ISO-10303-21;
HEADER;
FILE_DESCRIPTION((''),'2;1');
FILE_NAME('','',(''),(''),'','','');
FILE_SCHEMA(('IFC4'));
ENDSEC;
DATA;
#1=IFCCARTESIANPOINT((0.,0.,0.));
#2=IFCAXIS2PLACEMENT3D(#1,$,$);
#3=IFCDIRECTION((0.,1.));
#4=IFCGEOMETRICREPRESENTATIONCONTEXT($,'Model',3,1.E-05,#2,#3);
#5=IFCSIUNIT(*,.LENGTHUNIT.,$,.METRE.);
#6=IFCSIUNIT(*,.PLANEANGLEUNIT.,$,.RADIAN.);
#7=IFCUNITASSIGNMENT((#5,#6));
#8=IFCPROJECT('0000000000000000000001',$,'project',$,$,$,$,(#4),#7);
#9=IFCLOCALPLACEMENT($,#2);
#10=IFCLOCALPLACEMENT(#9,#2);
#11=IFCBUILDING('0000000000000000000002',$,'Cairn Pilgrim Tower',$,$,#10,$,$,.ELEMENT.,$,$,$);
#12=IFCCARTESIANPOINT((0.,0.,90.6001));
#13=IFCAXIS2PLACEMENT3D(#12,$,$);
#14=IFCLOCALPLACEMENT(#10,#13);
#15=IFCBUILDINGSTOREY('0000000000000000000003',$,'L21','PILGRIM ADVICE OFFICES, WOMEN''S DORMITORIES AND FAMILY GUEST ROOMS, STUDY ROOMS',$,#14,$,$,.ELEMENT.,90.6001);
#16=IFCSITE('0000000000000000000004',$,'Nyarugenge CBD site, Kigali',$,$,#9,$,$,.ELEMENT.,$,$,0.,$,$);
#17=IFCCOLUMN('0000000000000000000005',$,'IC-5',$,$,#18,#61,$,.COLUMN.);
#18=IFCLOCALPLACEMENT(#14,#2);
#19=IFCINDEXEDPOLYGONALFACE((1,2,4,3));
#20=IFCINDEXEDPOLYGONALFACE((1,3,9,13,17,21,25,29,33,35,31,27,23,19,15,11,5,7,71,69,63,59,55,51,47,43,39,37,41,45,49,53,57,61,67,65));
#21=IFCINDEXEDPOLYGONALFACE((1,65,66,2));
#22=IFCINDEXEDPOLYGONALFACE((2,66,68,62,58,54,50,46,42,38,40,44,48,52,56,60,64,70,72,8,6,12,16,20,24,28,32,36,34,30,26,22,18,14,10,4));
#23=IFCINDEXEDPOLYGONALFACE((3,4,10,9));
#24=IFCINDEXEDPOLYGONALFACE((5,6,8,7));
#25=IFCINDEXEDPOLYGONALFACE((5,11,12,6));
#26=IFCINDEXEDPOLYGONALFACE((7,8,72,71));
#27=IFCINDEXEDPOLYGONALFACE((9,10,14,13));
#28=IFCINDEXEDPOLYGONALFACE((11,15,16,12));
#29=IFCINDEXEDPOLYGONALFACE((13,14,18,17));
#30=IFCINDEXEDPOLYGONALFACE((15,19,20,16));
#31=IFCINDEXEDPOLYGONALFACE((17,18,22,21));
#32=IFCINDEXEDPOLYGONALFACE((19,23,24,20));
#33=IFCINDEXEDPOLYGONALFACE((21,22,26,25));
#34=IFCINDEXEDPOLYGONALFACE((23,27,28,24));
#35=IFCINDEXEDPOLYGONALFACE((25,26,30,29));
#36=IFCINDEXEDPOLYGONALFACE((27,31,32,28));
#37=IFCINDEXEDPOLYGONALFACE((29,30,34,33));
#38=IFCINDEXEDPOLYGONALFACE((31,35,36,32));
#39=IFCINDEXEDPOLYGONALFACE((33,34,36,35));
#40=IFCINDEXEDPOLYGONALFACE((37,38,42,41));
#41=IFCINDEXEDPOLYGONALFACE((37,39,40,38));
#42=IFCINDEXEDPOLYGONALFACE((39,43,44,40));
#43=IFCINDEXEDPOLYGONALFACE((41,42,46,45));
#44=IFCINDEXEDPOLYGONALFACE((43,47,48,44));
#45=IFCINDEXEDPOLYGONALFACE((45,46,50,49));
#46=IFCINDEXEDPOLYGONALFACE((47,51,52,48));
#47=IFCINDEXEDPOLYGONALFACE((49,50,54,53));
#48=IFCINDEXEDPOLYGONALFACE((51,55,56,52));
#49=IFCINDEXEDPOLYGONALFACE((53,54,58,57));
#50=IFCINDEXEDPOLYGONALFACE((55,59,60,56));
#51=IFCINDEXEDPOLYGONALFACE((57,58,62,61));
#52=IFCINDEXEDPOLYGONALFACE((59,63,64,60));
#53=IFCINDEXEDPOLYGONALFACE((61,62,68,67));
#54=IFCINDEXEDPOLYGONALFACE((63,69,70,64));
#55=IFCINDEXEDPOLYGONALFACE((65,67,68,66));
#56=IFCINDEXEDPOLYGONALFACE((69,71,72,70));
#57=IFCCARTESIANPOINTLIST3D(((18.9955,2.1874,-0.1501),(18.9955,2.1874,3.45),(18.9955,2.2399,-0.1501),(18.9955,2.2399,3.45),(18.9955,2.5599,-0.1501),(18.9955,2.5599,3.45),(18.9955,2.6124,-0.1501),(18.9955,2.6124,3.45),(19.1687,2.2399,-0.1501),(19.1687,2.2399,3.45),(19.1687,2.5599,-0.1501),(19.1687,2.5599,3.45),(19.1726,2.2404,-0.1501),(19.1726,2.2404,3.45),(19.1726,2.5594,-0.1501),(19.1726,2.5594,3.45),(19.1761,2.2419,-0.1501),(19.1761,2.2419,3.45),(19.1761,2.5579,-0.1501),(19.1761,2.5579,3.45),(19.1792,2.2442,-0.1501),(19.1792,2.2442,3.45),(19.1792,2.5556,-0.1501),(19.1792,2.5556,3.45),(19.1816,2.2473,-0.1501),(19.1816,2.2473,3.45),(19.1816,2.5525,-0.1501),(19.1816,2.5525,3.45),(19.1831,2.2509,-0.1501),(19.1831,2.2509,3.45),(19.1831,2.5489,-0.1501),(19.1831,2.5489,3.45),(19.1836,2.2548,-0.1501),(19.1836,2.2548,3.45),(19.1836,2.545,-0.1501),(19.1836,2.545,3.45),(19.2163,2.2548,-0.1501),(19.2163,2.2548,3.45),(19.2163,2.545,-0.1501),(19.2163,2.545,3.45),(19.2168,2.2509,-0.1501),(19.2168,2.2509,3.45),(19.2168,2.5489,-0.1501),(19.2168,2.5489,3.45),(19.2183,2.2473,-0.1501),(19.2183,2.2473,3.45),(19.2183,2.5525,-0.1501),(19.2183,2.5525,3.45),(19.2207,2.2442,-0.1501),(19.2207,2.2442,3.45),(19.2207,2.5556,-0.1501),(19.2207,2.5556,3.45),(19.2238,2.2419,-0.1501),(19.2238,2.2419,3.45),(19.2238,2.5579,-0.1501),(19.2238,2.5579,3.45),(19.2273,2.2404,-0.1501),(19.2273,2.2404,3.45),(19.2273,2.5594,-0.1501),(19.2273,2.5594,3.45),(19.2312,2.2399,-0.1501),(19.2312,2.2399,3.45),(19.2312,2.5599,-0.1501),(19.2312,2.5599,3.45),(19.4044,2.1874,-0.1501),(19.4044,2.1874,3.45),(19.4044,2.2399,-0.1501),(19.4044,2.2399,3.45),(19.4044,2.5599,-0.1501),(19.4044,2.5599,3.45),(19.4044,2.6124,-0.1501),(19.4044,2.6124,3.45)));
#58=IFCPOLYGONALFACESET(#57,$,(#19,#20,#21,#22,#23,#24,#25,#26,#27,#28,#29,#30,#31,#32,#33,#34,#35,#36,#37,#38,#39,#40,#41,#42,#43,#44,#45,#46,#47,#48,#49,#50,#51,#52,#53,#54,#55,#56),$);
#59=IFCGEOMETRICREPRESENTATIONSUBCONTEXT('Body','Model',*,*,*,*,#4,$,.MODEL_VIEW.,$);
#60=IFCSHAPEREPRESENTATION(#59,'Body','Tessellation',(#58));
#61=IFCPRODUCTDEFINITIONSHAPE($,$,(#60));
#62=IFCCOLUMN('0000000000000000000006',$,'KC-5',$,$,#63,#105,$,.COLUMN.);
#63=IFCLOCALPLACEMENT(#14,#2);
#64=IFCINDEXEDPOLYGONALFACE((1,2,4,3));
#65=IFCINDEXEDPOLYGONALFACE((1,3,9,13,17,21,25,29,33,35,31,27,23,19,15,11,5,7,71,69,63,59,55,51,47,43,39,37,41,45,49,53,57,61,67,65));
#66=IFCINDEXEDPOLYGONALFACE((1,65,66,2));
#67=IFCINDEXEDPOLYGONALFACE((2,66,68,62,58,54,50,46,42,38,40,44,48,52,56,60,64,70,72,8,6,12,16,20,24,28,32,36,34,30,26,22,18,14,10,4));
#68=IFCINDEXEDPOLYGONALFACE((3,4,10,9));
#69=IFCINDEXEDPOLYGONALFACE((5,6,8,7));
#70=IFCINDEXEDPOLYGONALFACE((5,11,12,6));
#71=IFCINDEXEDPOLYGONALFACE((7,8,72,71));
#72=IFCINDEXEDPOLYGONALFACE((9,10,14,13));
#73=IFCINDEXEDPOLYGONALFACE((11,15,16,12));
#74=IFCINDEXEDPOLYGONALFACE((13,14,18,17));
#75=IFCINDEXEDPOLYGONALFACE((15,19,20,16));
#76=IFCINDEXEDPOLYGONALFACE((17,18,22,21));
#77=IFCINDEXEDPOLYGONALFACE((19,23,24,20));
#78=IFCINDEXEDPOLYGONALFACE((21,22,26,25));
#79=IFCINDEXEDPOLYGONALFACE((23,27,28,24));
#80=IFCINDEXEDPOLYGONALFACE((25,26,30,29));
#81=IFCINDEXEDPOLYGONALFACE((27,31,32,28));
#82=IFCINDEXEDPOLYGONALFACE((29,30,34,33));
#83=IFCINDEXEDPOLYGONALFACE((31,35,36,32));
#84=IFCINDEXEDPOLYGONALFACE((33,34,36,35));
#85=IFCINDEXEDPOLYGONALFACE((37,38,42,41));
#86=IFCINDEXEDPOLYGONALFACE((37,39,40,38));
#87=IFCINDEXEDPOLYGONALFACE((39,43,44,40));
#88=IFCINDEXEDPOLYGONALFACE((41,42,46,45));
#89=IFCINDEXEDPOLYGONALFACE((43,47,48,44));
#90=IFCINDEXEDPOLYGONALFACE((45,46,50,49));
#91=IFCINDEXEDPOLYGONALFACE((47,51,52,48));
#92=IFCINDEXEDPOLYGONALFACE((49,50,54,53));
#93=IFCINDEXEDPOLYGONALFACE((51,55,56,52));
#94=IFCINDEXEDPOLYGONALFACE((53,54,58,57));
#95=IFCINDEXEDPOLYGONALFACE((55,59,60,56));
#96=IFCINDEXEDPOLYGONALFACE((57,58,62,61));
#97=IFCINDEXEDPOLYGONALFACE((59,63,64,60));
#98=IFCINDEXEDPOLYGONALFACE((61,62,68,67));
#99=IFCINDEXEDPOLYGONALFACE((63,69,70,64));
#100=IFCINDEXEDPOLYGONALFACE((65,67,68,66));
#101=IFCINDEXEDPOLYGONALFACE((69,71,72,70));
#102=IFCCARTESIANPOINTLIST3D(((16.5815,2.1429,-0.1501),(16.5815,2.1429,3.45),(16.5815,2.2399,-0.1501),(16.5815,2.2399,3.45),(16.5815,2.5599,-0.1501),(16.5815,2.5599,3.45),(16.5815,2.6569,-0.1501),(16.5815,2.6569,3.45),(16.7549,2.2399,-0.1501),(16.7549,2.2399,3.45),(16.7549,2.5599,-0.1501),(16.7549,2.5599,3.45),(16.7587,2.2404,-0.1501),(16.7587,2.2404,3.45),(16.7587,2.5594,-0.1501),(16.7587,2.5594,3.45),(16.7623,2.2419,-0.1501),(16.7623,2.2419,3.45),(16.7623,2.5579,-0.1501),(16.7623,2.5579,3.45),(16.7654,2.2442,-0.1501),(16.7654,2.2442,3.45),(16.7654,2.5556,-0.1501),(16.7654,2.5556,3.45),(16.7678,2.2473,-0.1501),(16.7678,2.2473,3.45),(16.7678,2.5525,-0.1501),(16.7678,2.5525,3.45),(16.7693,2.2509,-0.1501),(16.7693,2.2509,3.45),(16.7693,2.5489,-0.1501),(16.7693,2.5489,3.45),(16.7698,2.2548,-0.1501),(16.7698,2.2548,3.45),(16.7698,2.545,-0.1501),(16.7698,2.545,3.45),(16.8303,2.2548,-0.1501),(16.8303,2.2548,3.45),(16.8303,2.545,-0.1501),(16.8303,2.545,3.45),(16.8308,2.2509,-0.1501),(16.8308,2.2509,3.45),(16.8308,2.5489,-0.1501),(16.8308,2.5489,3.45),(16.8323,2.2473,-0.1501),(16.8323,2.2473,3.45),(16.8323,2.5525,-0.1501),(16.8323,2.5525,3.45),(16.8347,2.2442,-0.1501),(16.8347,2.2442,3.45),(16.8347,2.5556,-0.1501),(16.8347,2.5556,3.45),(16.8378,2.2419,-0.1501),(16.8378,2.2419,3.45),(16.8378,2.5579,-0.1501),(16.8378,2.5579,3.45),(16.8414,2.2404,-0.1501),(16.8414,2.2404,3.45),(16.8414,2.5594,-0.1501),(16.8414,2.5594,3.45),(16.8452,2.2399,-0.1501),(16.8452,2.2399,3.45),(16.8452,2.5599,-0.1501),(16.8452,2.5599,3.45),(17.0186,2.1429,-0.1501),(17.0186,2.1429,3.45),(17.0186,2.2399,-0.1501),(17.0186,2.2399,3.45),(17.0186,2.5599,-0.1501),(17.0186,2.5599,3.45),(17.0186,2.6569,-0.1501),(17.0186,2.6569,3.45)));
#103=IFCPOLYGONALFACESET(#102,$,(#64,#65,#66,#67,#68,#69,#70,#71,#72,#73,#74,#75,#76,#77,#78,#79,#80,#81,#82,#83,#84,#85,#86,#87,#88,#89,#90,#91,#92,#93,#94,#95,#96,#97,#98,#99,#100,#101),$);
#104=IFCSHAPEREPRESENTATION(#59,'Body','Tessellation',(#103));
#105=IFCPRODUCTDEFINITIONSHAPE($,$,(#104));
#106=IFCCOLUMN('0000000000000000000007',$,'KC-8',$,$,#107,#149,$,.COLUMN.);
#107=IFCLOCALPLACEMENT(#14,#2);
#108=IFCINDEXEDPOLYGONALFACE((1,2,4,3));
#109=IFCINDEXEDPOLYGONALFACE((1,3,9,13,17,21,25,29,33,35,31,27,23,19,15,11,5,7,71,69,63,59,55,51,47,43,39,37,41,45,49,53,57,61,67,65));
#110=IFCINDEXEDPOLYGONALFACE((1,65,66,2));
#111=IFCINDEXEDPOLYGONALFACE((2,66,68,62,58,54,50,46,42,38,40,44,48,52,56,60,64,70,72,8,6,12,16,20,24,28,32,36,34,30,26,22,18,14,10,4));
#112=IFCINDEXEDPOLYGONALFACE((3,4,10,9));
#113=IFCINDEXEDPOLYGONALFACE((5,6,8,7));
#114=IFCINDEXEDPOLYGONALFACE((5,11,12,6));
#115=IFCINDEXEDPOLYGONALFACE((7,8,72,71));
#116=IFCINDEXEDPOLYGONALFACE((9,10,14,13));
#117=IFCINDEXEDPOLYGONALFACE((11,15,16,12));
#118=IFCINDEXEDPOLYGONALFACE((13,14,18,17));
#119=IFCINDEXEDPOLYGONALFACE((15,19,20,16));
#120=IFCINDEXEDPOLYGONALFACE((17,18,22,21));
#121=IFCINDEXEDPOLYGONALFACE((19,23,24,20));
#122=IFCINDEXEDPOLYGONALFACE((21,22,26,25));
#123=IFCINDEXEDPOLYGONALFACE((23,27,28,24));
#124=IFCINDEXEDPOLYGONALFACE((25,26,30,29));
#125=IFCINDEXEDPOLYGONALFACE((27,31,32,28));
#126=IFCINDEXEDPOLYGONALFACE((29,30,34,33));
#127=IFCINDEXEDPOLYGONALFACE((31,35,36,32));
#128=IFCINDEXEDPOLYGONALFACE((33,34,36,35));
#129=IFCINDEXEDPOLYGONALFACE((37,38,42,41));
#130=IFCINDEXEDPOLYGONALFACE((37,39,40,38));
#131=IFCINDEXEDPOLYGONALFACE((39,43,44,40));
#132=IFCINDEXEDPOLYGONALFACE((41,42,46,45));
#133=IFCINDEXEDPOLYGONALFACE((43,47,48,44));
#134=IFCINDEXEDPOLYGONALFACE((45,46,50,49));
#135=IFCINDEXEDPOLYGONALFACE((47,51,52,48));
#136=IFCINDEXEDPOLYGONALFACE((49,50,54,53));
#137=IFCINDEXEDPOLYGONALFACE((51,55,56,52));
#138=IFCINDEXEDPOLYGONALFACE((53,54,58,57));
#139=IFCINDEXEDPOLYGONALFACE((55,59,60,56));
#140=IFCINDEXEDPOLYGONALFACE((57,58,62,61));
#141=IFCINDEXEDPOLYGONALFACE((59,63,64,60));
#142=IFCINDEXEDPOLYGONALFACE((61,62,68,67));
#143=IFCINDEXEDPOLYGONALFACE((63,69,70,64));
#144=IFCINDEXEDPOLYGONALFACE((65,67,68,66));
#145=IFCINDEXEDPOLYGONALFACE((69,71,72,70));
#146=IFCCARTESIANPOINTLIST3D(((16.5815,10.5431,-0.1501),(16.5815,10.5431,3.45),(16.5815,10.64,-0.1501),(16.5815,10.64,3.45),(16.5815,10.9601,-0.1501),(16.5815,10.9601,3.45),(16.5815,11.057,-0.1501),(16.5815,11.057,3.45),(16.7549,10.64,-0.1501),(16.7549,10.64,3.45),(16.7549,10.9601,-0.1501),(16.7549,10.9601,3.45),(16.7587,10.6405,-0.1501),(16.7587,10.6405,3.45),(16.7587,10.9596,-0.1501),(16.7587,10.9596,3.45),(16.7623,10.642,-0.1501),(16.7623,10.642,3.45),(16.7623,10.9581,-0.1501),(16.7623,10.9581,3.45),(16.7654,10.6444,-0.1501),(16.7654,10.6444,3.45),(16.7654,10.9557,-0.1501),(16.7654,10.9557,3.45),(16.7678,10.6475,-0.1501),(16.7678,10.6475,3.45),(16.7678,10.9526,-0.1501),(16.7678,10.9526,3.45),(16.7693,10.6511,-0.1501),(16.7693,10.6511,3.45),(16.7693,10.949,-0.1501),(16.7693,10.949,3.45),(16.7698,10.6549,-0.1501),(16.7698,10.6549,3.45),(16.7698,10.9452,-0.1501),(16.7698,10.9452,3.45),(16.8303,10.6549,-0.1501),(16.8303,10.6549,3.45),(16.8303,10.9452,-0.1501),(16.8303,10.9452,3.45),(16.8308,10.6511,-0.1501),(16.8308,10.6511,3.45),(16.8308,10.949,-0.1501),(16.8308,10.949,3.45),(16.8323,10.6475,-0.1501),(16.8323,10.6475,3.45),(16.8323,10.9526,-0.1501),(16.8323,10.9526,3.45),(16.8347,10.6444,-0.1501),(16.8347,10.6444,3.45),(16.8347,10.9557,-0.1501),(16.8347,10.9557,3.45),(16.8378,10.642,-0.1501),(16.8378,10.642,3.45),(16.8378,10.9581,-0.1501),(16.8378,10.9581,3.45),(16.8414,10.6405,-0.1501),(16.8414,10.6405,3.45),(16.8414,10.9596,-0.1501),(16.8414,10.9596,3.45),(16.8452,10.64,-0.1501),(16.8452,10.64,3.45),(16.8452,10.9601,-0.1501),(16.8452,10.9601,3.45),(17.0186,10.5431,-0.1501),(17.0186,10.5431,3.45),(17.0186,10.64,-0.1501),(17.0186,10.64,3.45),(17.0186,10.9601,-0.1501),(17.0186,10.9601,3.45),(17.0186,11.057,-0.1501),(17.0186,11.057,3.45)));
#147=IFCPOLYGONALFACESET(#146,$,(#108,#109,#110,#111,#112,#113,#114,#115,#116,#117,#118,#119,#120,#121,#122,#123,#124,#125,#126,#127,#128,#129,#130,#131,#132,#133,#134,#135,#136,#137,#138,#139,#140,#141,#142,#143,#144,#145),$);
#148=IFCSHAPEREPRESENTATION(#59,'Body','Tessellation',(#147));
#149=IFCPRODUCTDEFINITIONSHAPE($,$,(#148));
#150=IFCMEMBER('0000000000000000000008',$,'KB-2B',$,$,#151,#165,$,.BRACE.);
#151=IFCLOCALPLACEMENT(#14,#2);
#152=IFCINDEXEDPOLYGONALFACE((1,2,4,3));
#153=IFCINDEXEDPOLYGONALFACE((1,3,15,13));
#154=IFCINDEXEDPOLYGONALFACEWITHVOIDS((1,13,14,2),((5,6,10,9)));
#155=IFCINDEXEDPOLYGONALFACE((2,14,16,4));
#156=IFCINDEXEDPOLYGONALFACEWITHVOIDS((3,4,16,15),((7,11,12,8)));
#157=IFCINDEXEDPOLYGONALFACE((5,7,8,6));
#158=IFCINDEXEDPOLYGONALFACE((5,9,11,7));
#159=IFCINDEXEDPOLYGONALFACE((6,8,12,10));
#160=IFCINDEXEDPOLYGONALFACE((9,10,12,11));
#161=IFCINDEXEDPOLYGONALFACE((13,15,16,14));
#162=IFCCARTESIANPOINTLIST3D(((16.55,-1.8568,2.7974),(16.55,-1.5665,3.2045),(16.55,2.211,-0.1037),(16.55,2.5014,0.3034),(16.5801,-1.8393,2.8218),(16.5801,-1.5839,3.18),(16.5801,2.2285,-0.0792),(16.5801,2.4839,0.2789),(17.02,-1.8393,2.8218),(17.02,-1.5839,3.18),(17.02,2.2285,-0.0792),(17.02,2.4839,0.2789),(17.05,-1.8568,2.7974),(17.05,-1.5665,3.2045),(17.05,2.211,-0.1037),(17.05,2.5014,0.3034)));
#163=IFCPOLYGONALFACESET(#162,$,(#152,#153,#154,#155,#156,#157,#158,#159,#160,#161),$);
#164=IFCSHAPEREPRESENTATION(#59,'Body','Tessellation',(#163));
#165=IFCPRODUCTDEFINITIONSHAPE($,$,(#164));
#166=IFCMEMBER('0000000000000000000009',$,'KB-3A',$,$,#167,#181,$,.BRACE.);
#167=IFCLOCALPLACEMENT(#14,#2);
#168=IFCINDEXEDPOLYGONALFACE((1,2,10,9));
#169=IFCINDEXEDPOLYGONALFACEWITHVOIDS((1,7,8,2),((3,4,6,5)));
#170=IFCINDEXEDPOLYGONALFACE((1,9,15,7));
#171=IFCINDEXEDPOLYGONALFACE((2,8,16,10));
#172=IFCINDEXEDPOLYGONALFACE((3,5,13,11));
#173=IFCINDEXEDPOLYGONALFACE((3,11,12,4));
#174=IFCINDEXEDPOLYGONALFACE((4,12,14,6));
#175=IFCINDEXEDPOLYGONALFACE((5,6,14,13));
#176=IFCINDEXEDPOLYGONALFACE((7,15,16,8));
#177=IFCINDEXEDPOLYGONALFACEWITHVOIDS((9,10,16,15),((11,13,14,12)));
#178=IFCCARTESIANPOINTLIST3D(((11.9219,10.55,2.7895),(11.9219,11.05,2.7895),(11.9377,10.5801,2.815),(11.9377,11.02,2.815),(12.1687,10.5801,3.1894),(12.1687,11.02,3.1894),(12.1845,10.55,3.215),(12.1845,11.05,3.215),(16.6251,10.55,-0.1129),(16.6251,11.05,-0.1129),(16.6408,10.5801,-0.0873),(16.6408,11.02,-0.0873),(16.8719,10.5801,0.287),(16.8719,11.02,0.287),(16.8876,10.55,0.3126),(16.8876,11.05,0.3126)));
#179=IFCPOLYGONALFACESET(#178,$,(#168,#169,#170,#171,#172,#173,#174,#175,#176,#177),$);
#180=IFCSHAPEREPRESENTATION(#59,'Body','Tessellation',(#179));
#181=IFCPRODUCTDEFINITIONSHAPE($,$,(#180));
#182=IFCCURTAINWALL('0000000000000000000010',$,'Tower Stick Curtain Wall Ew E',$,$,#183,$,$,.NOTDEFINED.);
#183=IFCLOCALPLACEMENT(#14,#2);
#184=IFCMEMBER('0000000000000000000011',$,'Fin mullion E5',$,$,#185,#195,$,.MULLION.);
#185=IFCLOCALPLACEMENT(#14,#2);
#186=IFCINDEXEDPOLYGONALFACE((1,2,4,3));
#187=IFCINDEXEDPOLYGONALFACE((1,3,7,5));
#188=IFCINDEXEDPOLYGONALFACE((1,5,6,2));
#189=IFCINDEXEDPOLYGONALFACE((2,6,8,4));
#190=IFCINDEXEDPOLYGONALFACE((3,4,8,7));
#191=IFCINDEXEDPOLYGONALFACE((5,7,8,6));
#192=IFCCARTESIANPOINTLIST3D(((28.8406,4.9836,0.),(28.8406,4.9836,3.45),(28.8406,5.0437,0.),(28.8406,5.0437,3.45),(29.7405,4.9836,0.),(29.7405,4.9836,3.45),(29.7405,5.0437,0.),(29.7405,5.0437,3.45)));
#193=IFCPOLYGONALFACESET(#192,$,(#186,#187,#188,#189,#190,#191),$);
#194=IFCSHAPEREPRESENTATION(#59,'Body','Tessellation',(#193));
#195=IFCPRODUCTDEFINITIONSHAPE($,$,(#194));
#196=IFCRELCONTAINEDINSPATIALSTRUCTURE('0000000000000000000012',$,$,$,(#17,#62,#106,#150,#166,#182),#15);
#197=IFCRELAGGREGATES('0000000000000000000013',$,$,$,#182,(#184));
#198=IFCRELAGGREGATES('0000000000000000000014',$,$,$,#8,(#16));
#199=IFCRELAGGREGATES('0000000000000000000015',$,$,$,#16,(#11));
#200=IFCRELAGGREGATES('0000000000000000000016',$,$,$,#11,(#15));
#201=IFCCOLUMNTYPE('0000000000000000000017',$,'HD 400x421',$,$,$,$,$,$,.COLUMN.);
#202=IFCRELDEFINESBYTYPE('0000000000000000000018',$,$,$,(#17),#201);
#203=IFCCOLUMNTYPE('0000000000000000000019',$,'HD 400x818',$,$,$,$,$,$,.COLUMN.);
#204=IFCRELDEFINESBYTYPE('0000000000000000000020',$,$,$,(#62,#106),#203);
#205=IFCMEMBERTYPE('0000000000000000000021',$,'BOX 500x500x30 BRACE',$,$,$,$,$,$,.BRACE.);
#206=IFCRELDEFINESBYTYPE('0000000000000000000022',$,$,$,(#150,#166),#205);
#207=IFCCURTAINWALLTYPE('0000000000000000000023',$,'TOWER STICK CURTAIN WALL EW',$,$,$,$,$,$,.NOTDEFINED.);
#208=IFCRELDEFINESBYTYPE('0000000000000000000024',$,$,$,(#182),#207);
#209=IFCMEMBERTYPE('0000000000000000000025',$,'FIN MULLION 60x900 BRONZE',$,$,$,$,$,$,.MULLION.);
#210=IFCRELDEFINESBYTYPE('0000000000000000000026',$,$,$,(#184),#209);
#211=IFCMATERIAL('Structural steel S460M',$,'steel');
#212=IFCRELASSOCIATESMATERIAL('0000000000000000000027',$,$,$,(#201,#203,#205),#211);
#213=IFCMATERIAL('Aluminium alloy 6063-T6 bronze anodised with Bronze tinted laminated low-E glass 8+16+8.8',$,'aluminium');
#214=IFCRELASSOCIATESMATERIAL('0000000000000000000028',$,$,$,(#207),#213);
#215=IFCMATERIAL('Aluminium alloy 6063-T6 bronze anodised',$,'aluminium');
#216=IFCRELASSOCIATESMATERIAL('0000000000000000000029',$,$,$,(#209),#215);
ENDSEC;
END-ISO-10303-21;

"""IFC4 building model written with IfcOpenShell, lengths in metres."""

from ifc_helpers import new_model, si_unit, direction, frame, origin, origin_2d, place, context, subcontext, project, spatial, rectangle, hollow_rectangle, i_section, extrude, material, material_profile, profile_set, type_object, element, aggregate, save


model = new_model("IFC4")

# Units and contexts
model_context = context("Model", 3, precision=1e-05, world=origin(), true_north=direction((0.0, 1.0)))
body_context = subcontext(model_context, "Body", "Model", "MODEL_VIEW")
ifc_project = project(units=[si_unit("LENGTHUNIT", "METRE"), si_unit("PLANEANGLEUNIT", "RADIAN")], contexts=[model_context])

# Site, building, storey
site_placement = place(None, origin())
site = spatial("IfcSite", under=ifc_project, at=site_placement, Name="Nyarugenge CBD site, Kigali", CompositionType="ELEMENT", RefElevation=0.0)
building_placement = place(site_placement, origin())
building = spatial("IfcBuilding", under=site, at=building_placement, Name="Cairn Pilgrim Tower", CompositionType="ELEMENT")
storey_placement = place(building_placement, frame((0.0, 0.0, 90.6001)))
storey = spatial("IfcBuildingStorey", under=building, at=storey_placement, Name="L21", Description="PILGRIM ADVICE OFFICES, WOMEN'S DORMITORIES AND FAMILY GUEST ROOMS, STUDY ROOMS", CompositionType="ELEMENT", Elevation=90.6001)

# Columns
ifc_material_1 = material(Name="Structural steel S460M", Category="steel")
ifc_material_profile_1 = material_profile(ifc_material_1, i_section(OverallWidth=0.4089, OverallDepth=0.425, WebThickness=0.0327, FlangeThickness=0.0525, FilletRadius=0.0149, at=origin_2d()), Name="HD 400x421")
ifc_profile_set_1 = profile_set([ifc_material_profile_1], Name="Structural steel S460M")
column_type_1 = type_object("IfcColumnType", Name="HD 400x421", PredefinedType="COLUMN", material=ifc_profile_set_1)
column_1_placement = place(storey_placement, frame((19.2, 2.3999, -0.1501), z_axis=(0.0, 0.0, 1.0), x_axis=(1.0, 0.0, 0.0)))
element("IfcColumn", 1, at=column_1_placement, inside=storey, type_object=column_type_1, Name="IC-5", PredefinedType="COLUMN", context=body_context, shape_type="SweptSolid", body=[
    extrude(i_section(OverallWidth=0.4089, OverallDepth=0.425, WebThickness=0.0327, FlangeThickness=0.0525, FilletRadius=0.0149, at=origin_2d()), origin(), (0.0, 0.0, 1.0), 3.6001),
])
ifc_material_profile_2 = material_profile(ifc_material_1, i_section(OverallWidth=0.437, OverallDepth=0.5139, WebThickness=0.0605, FlangeThickness=0.0969, FilletRadius=0.0149, at=origin_2d()), Name="HD 400x818")
ifc_profile_set_2 = profile_set([ifc_material_profile_2], Name="Structural steel S460M")
column_type_2 = type_object("IfcColumnType", Name="HD 400x818", PredefinedType="COLUMN", material=ifc_profile_set_2)
for number, where, z_axis, x_axis, name in (
    (2, (16.8, 2.3999, -0.1501), (0.0, 0.0, 1.0), (1.0, 0.0, 0.0), "KC-5"),
    (3, (16.8, 10.8, -0.1501), (0.0, 0.0, 1.0), (1.0, 0.0, 0.0), "KC-8"),
):
    element("IfcColumn", number, at=place(storey_placement, frame(where, z_axis=z_axis, x_axis=x_axis)), inside=storey, type_object=column_type_2, Name=name, PredefinedType="COLUMN", context=body_context, shape_type="SweptSolid", body=[
        extrude(i_section(OverallWidth=0.437, OverallDepth=0.5139, WebThickness=0.0605, FlangeThickness=0.0969, FilletRadius=0.0149, at=origin_2d()), origin(), (0.0, 0.0, 1.0), 3.6001),
    ])

# Members
ifc_material_profile_3 = material_profile(ifc_material_1, hollow_rectangle(XDim=0.5, YDim=0.5, WallThickness=0.03, at=origin_2d()), Name="BOX 500x500x30")
ifc_profile_set_3 = profile_set([ifc_material_profile_3], Name="Structural steel S460M")
member_type_1 = type_object("IfcMemberType", Name="BOX 500x500x30 BRACE", PredefinedType="BRACE", material=ifc_profile_set_3)
member_1_placement = place(storey_placement, frame((16.8, 2.3562, 0.0999), z_axis=(0.0, -0.814159, 0.580642), x_axis=(1.0, 0.0, 0.0)))
element("IfcMember", 4, at=member_1_placement, inside=storey, type_object=member_type_1, Name="KB-2B", PredefinedType="BRACE", context=body_context, shape_type="SweptSolid", body=[
    extrude(hollow_rectangle(XDim=0.5, YDim=0.5, WallThickness=0.03, at=origin_2d()), origin(), (0.0, 0.0, 1.0), 4.9963),
])
member_2_placement = place(storey_placement, frame((16.7563, 10.8, 0.0999), z_axis=(-0.851002, 0.0, 0.525162), x_axis=(0.0, -1.0, 0.0)))
element("IfcMember", 5, at=member_2_placement, inside=storey, type_object=member_type_1, Name="KB-3A", PredefinedType="BRACE", context=body_context, shape_type="SweptSolid", body=[
    extrude(hollow_rectangle(XDim=0.5, YDim=0.5, WallThickness=0.03, at=origin_2d()), origin(), (0.0, 0.0, 1.0), 5.5266),
])

# Curtain wall, member
ifc_material_2 = material(Name="Aluminium alloy 6063-T6 bronze anodised with Bronze tinted laminated low-E glass 8+16+8.8", Category="aluminium")
curtain_wall_type = type_object("IfcCurtainWallType", Name="TOWER STICK CURTAIN WALL EW", PredefinedType="NOTDEFINED", material=ifc_material_2)
curtain_wall_placement = place(storey_placement, origin())
curtain_wall = element("IfcCurtainWall", 6, at=curtain_wall_placement, inside=storey, type_object=curtain_wall_type, Name="Tower Stick Curtain Wall Ew E", PredefinedType="NOTDEFINED")
ifc_material_3 = material(Name="Aluminium alloy 6063-T6 bronze anodised", Category="aluminium")
ifc_material_profile_4 = material_profile(ifc_material_3, rectangle(XDim=0.8999, YDim=0.0601, at=origin_2d()), Name="FIN MULLION 60x900 BRONZE")
ifc_profile_set_4 = profile_set([ifc_material_profile_4], Name="Aluminium alloy 6063-T6 bronze anodised")
member_type_2 = type_object("IfcMemberType", Name="FIN MULLION 60x900 BRONZE", PredefinedType="MULLION", material=ifc_profile_set_4)
member_3_placement = place(storey_placement, frame((29.2905, 5.0137, 0.0), z_axis=(0.0, 0.0, 1.0), x_axis=(1.0, 0.0, 0.0)))
member_3 = element("IfcMember", 7, at=member_3_placement, type_object=member_type_2, Name="Fin mullion E5", PredefinedType="MULLION", context=body_context, shape_type="SweptSolid", body=[
    extrude(rectangle(XDim=0.8999, YDim=0.0601, at=origin_2d()), origin(), (0.0, 0.0, 1.0), 3.45),
])

aggregate(curtain_wall, [member_3])

save(model, "model.ifc")
